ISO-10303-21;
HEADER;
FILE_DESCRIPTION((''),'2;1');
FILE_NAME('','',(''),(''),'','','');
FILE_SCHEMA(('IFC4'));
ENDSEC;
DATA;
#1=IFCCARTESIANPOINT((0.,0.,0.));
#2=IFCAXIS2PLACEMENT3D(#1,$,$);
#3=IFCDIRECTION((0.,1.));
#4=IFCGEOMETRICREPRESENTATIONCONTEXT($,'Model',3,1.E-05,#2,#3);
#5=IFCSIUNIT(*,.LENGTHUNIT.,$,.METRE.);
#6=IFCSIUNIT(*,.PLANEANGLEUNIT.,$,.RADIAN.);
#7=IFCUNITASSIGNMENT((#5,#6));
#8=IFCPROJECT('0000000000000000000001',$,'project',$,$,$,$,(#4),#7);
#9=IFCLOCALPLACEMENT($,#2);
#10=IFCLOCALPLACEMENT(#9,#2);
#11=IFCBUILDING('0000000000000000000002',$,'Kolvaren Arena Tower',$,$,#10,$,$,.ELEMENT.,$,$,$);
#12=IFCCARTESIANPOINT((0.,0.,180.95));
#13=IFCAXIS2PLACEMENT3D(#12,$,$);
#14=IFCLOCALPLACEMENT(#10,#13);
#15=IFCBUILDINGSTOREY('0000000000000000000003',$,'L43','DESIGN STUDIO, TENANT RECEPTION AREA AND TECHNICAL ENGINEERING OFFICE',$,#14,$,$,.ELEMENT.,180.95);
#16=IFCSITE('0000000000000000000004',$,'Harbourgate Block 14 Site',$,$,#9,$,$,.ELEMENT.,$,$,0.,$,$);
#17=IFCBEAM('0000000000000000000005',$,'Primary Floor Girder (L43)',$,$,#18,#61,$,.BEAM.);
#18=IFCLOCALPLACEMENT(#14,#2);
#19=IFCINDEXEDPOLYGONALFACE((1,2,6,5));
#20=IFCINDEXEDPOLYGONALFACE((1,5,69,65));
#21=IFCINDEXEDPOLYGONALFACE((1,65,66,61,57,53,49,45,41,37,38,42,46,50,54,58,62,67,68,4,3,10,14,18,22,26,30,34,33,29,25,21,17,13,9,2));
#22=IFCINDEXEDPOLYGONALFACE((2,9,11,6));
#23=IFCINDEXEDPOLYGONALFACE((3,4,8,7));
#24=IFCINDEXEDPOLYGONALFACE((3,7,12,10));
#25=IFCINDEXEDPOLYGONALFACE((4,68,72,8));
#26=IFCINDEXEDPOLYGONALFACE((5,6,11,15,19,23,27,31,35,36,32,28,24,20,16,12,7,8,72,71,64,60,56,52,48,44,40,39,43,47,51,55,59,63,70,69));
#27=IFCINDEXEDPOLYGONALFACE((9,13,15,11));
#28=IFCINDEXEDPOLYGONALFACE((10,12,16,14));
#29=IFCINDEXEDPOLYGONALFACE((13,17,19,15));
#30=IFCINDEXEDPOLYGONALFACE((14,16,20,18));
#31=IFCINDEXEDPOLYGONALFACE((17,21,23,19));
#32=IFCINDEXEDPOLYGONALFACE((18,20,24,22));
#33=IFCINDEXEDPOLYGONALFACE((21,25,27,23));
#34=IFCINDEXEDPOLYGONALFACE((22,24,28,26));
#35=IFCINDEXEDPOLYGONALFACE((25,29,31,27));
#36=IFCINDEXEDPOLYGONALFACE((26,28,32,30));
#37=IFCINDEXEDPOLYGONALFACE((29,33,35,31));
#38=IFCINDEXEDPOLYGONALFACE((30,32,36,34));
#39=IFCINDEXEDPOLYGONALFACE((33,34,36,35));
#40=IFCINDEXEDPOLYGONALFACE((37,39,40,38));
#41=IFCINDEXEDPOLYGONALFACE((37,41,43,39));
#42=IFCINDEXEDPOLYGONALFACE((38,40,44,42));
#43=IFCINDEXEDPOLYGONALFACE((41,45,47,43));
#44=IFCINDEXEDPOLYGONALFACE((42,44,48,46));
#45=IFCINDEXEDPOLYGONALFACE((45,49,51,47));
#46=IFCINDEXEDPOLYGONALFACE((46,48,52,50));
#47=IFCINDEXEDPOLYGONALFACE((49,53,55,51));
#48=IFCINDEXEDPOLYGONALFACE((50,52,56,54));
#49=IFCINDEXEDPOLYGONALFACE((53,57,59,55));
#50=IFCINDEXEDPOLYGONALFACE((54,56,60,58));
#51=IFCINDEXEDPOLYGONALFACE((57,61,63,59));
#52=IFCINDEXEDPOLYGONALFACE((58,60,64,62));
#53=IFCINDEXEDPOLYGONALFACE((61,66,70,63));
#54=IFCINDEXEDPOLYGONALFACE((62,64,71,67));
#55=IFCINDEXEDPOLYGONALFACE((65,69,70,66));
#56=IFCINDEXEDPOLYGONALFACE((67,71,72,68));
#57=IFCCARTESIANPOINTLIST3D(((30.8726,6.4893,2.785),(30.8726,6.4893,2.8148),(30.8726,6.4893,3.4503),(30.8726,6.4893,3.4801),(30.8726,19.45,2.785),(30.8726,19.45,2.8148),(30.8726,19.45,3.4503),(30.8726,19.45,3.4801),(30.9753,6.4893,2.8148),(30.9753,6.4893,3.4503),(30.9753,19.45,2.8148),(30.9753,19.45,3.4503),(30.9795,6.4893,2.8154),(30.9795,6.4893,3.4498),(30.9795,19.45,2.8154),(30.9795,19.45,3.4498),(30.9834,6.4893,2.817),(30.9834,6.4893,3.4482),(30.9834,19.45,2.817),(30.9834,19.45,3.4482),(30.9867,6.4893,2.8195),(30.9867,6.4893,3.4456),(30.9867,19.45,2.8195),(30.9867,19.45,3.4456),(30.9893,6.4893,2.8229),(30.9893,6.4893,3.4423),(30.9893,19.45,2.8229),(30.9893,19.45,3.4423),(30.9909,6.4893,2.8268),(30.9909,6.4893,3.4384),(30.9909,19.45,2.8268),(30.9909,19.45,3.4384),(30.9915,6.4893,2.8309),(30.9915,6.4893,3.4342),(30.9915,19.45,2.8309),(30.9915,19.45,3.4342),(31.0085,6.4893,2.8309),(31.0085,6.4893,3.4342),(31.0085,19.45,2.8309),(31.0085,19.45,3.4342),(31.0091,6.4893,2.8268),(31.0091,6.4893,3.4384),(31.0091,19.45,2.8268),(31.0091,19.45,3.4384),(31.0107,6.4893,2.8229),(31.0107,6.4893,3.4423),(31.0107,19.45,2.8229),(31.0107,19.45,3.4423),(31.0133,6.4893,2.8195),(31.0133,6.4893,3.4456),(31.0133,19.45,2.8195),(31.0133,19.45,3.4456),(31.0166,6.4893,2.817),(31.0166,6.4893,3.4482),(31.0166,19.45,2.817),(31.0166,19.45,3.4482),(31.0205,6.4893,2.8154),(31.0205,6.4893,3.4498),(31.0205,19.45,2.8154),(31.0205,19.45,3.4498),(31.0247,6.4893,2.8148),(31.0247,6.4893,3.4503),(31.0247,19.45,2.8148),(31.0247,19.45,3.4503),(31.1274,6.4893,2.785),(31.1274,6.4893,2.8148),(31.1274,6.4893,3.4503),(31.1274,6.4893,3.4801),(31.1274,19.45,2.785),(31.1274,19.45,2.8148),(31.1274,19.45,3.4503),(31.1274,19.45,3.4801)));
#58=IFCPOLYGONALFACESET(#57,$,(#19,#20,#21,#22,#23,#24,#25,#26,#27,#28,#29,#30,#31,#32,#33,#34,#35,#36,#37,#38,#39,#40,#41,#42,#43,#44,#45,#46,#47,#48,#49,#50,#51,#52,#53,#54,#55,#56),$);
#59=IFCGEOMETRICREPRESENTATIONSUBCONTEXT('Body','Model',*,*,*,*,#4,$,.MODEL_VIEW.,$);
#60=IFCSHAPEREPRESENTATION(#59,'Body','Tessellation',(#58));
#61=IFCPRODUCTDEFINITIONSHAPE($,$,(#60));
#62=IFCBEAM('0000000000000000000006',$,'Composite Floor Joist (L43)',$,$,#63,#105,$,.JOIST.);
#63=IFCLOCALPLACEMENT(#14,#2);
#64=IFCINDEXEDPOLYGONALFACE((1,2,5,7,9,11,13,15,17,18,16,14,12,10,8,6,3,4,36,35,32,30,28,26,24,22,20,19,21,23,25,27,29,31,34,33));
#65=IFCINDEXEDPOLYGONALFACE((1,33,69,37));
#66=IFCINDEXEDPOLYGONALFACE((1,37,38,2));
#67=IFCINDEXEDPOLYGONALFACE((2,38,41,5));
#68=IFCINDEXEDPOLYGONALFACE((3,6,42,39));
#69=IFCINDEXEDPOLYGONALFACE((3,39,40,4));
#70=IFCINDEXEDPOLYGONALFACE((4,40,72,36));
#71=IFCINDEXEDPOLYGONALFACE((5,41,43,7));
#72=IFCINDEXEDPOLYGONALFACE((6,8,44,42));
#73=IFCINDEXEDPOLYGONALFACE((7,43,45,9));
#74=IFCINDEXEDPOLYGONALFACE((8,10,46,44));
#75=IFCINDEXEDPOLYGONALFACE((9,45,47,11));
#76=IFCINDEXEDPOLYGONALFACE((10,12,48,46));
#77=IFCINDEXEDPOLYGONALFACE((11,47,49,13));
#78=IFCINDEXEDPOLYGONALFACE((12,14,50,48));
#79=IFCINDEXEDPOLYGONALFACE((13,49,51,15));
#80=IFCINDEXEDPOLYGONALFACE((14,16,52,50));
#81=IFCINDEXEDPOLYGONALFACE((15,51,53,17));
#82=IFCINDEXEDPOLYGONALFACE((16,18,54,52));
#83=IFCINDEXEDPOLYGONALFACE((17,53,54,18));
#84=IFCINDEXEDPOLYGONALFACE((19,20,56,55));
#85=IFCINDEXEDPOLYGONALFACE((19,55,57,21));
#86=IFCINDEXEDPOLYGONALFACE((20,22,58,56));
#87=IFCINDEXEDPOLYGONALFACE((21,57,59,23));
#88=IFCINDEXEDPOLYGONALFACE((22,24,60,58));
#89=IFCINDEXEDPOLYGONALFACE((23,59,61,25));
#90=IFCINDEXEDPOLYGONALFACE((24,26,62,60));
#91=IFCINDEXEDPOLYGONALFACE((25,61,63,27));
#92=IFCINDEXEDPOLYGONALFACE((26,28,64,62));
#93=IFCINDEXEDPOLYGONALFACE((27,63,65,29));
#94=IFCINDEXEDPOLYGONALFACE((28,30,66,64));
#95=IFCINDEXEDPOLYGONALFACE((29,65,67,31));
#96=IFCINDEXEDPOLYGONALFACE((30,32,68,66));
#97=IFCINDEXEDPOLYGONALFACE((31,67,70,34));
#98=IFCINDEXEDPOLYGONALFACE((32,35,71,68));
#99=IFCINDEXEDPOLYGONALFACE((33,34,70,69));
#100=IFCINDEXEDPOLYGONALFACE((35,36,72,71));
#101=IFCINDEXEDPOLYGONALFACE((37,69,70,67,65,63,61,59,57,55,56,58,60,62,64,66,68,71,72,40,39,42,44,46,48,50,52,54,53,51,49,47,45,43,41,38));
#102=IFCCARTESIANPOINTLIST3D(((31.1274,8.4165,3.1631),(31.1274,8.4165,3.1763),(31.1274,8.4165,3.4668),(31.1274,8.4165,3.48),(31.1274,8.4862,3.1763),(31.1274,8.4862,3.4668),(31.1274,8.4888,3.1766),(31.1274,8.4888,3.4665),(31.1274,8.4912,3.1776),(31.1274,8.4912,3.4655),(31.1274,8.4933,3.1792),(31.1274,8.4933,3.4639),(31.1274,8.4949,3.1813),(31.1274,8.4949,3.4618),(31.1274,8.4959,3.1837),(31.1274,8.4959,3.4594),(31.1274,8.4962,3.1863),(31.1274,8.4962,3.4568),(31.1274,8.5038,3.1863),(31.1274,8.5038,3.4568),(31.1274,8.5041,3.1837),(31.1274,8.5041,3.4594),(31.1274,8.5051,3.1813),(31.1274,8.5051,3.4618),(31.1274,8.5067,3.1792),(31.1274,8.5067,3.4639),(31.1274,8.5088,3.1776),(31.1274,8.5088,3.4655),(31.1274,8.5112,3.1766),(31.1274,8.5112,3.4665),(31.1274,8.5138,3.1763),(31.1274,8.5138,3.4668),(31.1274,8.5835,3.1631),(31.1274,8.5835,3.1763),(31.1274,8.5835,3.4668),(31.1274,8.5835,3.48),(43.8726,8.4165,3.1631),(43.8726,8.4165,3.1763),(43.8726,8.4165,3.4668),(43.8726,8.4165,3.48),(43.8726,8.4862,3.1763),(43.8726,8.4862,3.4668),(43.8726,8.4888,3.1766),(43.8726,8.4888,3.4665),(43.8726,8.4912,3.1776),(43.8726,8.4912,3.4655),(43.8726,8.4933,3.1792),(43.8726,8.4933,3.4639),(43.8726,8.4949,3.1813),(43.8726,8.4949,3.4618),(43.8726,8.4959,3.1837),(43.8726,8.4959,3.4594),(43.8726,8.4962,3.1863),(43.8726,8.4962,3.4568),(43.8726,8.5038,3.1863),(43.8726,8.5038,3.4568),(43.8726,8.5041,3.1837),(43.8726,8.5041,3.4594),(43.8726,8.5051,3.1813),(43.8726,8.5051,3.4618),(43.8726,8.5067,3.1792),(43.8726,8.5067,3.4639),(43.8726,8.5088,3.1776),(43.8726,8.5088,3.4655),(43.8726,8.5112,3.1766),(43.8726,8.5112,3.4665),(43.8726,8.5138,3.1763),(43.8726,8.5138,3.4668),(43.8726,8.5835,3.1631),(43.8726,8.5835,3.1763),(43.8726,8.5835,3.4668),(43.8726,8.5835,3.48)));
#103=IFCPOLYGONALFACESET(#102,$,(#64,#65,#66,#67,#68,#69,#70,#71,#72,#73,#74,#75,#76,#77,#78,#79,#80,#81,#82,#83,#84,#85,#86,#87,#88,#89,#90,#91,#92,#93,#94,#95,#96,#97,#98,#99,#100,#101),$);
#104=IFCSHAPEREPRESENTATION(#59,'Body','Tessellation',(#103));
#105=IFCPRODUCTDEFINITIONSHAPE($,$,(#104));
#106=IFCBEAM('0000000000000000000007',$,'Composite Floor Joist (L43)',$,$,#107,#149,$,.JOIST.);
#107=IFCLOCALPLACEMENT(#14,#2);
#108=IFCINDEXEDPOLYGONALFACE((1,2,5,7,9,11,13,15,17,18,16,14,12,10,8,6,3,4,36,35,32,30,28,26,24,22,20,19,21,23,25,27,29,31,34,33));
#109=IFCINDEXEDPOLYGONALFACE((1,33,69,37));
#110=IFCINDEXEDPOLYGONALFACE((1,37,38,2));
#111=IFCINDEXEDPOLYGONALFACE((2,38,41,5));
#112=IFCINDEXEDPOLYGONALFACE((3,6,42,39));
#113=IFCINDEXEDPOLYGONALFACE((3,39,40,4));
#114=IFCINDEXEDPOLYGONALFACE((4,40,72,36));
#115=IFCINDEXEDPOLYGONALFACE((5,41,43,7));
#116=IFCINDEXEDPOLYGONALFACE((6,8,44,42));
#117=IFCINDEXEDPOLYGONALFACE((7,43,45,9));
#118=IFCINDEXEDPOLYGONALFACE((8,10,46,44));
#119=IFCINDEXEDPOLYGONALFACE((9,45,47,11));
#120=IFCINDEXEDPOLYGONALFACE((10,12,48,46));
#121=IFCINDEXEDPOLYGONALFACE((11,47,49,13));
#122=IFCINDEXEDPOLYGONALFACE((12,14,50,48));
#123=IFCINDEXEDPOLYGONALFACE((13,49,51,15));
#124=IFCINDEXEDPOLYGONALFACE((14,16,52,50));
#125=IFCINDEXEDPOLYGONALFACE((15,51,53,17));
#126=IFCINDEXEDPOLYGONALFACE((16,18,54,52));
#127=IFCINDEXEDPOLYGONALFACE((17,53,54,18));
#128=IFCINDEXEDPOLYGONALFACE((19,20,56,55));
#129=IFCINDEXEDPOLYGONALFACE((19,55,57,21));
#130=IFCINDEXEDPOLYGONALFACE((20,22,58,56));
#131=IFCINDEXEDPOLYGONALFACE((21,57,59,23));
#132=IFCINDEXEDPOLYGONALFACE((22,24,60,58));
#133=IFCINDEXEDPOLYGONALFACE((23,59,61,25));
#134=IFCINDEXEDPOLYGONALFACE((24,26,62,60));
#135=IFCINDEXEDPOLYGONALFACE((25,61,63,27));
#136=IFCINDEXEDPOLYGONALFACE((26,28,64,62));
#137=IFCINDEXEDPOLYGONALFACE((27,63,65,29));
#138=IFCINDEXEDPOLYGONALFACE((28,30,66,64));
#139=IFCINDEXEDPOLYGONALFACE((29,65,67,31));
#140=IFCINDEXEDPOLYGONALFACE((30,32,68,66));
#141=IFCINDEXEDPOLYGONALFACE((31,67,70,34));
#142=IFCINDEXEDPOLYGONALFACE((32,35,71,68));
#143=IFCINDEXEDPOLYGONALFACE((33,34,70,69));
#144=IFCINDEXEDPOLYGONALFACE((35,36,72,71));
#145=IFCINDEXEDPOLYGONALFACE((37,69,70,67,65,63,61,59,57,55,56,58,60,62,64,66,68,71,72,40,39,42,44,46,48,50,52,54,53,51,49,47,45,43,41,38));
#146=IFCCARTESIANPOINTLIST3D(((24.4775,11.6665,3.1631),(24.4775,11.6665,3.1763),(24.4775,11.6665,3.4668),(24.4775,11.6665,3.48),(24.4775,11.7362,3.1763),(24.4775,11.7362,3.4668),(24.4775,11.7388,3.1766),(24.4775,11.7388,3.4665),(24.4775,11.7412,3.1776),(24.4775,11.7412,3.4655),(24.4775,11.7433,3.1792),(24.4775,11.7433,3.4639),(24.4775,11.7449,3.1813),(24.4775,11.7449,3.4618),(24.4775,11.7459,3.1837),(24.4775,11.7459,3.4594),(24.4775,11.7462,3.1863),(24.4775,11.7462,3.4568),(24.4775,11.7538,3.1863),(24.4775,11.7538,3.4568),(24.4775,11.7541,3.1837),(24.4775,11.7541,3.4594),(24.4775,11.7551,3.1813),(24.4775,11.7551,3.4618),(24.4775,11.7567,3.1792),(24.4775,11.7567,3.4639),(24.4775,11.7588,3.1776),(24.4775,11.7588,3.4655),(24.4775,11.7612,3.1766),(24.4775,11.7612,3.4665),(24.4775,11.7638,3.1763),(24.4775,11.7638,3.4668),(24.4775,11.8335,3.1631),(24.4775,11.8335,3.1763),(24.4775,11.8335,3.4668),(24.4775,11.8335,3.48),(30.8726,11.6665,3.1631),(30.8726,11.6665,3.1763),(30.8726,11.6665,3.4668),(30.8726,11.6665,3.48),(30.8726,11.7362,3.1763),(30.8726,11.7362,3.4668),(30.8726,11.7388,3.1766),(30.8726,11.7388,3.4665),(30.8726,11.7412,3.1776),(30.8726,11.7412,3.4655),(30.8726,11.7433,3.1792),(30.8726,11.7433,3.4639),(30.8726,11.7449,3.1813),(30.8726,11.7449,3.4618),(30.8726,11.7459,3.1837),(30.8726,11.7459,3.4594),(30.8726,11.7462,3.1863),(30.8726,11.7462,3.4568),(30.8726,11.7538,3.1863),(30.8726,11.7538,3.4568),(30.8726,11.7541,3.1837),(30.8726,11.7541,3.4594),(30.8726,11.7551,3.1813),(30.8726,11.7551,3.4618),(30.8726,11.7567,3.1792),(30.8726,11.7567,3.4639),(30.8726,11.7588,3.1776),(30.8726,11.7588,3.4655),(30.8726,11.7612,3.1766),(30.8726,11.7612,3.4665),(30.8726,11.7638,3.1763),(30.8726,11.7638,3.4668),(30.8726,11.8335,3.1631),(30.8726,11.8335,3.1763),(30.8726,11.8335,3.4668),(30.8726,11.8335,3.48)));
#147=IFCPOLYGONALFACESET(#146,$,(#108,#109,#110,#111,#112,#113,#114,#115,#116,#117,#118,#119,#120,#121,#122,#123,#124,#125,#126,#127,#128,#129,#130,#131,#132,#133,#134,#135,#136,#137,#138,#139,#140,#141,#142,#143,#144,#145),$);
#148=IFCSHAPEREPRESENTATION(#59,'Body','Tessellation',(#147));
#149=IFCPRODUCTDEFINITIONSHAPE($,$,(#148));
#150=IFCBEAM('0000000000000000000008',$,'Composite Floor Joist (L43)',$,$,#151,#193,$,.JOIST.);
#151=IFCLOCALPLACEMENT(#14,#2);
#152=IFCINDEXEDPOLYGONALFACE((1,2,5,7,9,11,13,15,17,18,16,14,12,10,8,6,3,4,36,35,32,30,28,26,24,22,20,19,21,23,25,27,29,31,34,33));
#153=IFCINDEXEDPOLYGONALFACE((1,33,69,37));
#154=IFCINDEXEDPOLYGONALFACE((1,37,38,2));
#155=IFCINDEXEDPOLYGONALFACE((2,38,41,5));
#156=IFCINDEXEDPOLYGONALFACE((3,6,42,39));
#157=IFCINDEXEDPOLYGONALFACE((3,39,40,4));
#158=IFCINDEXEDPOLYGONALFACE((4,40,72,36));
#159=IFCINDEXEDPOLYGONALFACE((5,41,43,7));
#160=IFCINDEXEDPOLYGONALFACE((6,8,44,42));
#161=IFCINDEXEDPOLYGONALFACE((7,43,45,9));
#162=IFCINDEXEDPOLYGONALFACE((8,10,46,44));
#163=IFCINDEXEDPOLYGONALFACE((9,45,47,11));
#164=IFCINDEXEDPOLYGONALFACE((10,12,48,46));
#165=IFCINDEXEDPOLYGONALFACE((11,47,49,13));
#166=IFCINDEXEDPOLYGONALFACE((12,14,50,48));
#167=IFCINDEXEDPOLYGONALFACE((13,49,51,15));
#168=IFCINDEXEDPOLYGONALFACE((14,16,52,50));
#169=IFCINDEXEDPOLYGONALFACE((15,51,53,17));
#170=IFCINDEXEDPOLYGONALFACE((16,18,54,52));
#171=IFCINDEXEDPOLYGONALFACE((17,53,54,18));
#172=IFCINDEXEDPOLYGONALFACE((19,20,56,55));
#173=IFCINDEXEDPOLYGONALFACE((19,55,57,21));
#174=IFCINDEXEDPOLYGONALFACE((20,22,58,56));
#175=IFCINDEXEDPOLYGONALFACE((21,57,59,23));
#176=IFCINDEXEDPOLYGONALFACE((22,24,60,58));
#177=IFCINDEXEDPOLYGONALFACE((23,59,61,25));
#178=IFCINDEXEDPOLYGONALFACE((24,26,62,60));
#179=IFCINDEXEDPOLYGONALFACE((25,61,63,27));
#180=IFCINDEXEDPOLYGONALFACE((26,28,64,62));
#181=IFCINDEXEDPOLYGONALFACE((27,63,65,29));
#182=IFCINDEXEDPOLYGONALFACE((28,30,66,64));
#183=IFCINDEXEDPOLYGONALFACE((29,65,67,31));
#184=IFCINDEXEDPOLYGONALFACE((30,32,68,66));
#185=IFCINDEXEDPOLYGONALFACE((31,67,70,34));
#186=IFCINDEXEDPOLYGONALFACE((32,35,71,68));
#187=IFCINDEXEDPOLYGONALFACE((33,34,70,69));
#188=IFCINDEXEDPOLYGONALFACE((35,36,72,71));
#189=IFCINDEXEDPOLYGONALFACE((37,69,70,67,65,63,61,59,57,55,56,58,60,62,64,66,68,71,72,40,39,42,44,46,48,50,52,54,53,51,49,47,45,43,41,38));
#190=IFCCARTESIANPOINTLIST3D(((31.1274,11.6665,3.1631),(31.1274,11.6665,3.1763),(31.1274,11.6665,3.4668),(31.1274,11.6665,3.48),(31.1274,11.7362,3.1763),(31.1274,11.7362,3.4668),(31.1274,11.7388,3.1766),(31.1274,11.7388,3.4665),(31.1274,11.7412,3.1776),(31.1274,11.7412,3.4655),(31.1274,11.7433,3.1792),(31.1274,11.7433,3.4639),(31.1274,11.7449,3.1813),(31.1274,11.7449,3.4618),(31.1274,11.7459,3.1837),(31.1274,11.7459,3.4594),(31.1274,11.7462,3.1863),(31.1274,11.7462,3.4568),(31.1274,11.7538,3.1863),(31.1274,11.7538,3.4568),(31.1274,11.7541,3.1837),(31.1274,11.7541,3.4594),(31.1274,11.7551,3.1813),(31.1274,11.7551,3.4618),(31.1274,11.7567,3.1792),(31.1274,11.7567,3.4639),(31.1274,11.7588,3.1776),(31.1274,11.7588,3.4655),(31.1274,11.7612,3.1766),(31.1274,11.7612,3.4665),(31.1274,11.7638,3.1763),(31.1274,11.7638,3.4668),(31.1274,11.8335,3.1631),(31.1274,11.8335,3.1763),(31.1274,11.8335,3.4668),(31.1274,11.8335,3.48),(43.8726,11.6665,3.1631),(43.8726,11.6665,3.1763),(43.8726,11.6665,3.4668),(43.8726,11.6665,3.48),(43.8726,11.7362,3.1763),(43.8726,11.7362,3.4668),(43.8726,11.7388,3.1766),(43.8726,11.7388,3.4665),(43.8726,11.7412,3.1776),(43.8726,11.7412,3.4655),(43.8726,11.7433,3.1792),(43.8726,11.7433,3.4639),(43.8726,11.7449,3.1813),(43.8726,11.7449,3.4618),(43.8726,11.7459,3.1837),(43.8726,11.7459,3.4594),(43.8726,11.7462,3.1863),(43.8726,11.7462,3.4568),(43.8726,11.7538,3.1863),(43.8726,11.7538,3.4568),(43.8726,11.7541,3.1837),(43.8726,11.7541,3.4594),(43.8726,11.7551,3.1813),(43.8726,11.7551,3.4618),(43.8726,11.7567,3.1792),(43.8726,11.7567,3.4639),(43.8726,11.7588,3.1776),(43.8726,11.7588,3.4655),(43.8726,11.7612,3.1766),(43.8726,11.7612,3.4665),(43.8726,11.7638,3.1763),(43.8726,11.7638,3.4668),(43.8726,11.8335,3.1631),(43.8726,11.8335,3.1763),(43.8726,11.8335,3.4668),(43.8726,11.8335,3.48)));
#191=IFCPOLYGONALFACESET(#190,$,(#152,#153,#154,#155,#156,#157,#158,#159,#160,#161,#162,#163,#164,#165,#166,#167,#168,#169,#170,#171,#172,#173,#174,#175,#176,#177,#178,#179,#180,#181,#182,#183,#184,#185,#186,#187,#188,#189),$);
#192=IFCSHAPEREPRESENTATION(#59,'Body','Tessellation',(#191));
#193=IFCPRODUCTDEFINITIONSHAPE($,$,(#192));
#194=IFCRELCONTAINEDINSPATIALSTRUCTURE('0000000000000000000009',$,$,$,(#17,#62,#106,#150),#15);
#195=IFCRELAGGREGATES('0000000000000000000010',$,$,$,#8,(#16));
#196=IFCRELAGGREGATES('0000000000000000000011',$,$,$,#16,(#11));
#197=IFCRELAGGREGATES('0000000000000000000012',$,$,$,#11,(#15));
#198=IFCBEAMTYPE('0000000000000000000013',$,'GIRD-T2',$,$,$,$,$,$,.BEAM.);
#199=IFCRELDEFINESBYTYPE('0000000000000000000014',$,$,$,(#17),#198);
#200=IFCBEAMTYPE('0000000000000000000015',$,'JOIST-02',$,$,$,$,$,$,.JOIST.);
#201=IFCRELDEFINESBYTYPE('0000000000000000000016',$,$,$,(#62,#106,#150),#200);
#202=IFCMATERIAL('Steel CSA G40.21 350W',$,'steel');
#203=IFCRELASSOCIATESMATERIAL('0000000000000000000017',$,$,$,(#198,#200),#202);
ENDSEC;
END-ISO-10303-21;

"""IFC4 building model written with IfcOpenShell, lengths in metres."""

from ifc_helpers import new_model, si_unit, direction, frame, origin, origin_2d, place, context, subcontext, project, spatial, i_section, extrude, material, material_profile, profile_set, type_object, element, save


model = new_model("IFC4")

# Units and contexts
model_context = context("Model", 3, precision=1e-05, world=origin(), true_north=direction((0.0, 1.0)))
body_context = subcontext(model_context, "Body", "Model", "MODEL_VIEW")
ifc_project = project(units=[si_unit("LENGTHUNIT", "METRE"), si_unit("PLANEANGLEUNIT", "RADIAN")], contexts=[model_context])

# Site, building, storey
site_placement = place(None, origin())
site = spatial("IfcSite", under=ifc_project, at=site_placement, Name="Harbourgate Block 14 Site", CompositionType="ELEMENT", RefElevation=0.0)
building_placement = place(site_placement, origin())
building = spatial("IfcBuilding", under=site, at=building_placement, Name="Kolvaren Arena Tower", CompositionType="ELEMENT")
storey_placement = place(building_placement, frame((0.0, 0.0, 180.95)))
storey = spatial("IfcBuildingStorey", under=building, at=storey_placement, Name="L43", Description="DESIGN STUDIO, TENANT RECEPTION AREA AND TECHNICAL ENGINEERING OFFICE", CompositionType="ELEMENT", Elevation=180.95)

# Beams
ifc_material_1 = material(Name="Steel CSA G40.21 350W", Category="steel")
ifc_material_profile_1 = material_profile(ifc_material_1, i_section(OverallWidth=0.2549, OverallDepth=0.6951, WebThickness=0.0171, FlangeThickness=0.0298, FilletRadius=0.0161, at=origin_2d()), Name="W690x217")
ifc_profile_set_1 = profile_set([ifc_material_profile_1], Name="Steel CSA G40.21 350W")
beam_type_1 = type_object("IfcBeamType", Name="GIRD-T2", PredefinedType="BEAM", material=ifc_profile_set_1)
beam_1_placement = place(storey_placement, frame((31.0, 6.4893, 3.1326), z_axis=(0.0, 1.0, 0.0), x_axis=(-1.0, 0.0, 0.0)))
element("IfcBeam", 1, at=beam_1_placement, inside=storey, type_object=beam_type_1, Name="Primary Floor Girder (L43)", PredefinedType="BEAM", context=body_context, shape_type="SweptSolid", body=[
    extrude(i_section(OverallWidth=0.2549, OverallDepth=0.6951, WebThickness=0.0171, FlangeThickness=0.0298, FilletRadius=0.0161, at=origin_2d()), origin(), (0.0, 0.0, 1.0), 12.9607),
])
ifc_material_profile_2 = material_profile(ifc_material_1, i_section(OverallWidth=0.167, OverallDepth=0.3169, WebThickness=0.0076, FlangeThickness=0.0132, FilletRadius=0.01, at=origin_2d()), Name="W310x52")
ifc_profile_set_2 = profile_set([ifc_material_profile_2], Name="Steel CSA G40.21 350W")
beam_type_2 = type_object("IfcBeamType", Name="JOIST-02", PredefinedType="JOIST", material=ifc_profile_set_2)
beam_2_placement = place(storey_placement, frame((31.1274, 8.5, 3.3215), z_axis=(1.0, 0.0, 0.0), x_axis=(0.0, 1.0, 0.0)))
element("IfcBeam", 2, at=beam_2_placement, inside=storey, type_object=beam_type_2, Name="Composite Floor Joist (L43)", PredefinedType="JOIST", context=body_context, shape_type="SweptSolid", body=[
    extrude(i_section(OverallWidth=0.167, OverallDepth=0.3169, WebThickness=0.0076, FlangeThickness=0.0132, FilletRadius=0.01, at=origin_2d()), origin(), (0.0, 0.0, 1.0), 12.7451),
])
beam_3_placement = place(storey_placement, frame((24.4775, 11.75, 3.3215), z_axis=(1.0, 0.0, 0.0), x_axis=(0.0, 1.0, 0.0)))
element("IfcBeam", 3, at=beam_3_placement, inside=storey, type_object=beam_type_2, Name="Composite Floor Joist (L43)", PredefinedType="JOIST", context=body_context, shape_type="SweptSolid", body=[
    extrude(i_section(OverallWidth=0.167, OverallDepth=0.3169, WebThickness=0.0076, FlangeThickness=0.0132, FilletRadius=0.01, at=origin_2d()), origin(), (0.0, 0.0, 1.0), 6.395),
])
beam_4_placement = place(storey_placement, frame((31.1274, 11.75, 3.3215), z_axis=(1.0, 0.0, 0.0), x_axis=(0.0, 1.0, 0.0)))
element("IfcBeam", 4, at=beam_4_placement, inside=storey, type_object=beam_type_2, Name="Composite Floor Joist (L43)", PredefinedType="JOIST", context=body_context, shape_type="SweptSolid", body=[
    extrude(i_section(OverallWidth=0.167, OverallDepth=0.3169, WebThickness=0.0076, FlangeThickness=0.0132, FilletRadius=0.01, at=origin_2d()), origin(), (0.0, 0.0, 1.0), 12.7451),
])

save(model, "model.ifc")
